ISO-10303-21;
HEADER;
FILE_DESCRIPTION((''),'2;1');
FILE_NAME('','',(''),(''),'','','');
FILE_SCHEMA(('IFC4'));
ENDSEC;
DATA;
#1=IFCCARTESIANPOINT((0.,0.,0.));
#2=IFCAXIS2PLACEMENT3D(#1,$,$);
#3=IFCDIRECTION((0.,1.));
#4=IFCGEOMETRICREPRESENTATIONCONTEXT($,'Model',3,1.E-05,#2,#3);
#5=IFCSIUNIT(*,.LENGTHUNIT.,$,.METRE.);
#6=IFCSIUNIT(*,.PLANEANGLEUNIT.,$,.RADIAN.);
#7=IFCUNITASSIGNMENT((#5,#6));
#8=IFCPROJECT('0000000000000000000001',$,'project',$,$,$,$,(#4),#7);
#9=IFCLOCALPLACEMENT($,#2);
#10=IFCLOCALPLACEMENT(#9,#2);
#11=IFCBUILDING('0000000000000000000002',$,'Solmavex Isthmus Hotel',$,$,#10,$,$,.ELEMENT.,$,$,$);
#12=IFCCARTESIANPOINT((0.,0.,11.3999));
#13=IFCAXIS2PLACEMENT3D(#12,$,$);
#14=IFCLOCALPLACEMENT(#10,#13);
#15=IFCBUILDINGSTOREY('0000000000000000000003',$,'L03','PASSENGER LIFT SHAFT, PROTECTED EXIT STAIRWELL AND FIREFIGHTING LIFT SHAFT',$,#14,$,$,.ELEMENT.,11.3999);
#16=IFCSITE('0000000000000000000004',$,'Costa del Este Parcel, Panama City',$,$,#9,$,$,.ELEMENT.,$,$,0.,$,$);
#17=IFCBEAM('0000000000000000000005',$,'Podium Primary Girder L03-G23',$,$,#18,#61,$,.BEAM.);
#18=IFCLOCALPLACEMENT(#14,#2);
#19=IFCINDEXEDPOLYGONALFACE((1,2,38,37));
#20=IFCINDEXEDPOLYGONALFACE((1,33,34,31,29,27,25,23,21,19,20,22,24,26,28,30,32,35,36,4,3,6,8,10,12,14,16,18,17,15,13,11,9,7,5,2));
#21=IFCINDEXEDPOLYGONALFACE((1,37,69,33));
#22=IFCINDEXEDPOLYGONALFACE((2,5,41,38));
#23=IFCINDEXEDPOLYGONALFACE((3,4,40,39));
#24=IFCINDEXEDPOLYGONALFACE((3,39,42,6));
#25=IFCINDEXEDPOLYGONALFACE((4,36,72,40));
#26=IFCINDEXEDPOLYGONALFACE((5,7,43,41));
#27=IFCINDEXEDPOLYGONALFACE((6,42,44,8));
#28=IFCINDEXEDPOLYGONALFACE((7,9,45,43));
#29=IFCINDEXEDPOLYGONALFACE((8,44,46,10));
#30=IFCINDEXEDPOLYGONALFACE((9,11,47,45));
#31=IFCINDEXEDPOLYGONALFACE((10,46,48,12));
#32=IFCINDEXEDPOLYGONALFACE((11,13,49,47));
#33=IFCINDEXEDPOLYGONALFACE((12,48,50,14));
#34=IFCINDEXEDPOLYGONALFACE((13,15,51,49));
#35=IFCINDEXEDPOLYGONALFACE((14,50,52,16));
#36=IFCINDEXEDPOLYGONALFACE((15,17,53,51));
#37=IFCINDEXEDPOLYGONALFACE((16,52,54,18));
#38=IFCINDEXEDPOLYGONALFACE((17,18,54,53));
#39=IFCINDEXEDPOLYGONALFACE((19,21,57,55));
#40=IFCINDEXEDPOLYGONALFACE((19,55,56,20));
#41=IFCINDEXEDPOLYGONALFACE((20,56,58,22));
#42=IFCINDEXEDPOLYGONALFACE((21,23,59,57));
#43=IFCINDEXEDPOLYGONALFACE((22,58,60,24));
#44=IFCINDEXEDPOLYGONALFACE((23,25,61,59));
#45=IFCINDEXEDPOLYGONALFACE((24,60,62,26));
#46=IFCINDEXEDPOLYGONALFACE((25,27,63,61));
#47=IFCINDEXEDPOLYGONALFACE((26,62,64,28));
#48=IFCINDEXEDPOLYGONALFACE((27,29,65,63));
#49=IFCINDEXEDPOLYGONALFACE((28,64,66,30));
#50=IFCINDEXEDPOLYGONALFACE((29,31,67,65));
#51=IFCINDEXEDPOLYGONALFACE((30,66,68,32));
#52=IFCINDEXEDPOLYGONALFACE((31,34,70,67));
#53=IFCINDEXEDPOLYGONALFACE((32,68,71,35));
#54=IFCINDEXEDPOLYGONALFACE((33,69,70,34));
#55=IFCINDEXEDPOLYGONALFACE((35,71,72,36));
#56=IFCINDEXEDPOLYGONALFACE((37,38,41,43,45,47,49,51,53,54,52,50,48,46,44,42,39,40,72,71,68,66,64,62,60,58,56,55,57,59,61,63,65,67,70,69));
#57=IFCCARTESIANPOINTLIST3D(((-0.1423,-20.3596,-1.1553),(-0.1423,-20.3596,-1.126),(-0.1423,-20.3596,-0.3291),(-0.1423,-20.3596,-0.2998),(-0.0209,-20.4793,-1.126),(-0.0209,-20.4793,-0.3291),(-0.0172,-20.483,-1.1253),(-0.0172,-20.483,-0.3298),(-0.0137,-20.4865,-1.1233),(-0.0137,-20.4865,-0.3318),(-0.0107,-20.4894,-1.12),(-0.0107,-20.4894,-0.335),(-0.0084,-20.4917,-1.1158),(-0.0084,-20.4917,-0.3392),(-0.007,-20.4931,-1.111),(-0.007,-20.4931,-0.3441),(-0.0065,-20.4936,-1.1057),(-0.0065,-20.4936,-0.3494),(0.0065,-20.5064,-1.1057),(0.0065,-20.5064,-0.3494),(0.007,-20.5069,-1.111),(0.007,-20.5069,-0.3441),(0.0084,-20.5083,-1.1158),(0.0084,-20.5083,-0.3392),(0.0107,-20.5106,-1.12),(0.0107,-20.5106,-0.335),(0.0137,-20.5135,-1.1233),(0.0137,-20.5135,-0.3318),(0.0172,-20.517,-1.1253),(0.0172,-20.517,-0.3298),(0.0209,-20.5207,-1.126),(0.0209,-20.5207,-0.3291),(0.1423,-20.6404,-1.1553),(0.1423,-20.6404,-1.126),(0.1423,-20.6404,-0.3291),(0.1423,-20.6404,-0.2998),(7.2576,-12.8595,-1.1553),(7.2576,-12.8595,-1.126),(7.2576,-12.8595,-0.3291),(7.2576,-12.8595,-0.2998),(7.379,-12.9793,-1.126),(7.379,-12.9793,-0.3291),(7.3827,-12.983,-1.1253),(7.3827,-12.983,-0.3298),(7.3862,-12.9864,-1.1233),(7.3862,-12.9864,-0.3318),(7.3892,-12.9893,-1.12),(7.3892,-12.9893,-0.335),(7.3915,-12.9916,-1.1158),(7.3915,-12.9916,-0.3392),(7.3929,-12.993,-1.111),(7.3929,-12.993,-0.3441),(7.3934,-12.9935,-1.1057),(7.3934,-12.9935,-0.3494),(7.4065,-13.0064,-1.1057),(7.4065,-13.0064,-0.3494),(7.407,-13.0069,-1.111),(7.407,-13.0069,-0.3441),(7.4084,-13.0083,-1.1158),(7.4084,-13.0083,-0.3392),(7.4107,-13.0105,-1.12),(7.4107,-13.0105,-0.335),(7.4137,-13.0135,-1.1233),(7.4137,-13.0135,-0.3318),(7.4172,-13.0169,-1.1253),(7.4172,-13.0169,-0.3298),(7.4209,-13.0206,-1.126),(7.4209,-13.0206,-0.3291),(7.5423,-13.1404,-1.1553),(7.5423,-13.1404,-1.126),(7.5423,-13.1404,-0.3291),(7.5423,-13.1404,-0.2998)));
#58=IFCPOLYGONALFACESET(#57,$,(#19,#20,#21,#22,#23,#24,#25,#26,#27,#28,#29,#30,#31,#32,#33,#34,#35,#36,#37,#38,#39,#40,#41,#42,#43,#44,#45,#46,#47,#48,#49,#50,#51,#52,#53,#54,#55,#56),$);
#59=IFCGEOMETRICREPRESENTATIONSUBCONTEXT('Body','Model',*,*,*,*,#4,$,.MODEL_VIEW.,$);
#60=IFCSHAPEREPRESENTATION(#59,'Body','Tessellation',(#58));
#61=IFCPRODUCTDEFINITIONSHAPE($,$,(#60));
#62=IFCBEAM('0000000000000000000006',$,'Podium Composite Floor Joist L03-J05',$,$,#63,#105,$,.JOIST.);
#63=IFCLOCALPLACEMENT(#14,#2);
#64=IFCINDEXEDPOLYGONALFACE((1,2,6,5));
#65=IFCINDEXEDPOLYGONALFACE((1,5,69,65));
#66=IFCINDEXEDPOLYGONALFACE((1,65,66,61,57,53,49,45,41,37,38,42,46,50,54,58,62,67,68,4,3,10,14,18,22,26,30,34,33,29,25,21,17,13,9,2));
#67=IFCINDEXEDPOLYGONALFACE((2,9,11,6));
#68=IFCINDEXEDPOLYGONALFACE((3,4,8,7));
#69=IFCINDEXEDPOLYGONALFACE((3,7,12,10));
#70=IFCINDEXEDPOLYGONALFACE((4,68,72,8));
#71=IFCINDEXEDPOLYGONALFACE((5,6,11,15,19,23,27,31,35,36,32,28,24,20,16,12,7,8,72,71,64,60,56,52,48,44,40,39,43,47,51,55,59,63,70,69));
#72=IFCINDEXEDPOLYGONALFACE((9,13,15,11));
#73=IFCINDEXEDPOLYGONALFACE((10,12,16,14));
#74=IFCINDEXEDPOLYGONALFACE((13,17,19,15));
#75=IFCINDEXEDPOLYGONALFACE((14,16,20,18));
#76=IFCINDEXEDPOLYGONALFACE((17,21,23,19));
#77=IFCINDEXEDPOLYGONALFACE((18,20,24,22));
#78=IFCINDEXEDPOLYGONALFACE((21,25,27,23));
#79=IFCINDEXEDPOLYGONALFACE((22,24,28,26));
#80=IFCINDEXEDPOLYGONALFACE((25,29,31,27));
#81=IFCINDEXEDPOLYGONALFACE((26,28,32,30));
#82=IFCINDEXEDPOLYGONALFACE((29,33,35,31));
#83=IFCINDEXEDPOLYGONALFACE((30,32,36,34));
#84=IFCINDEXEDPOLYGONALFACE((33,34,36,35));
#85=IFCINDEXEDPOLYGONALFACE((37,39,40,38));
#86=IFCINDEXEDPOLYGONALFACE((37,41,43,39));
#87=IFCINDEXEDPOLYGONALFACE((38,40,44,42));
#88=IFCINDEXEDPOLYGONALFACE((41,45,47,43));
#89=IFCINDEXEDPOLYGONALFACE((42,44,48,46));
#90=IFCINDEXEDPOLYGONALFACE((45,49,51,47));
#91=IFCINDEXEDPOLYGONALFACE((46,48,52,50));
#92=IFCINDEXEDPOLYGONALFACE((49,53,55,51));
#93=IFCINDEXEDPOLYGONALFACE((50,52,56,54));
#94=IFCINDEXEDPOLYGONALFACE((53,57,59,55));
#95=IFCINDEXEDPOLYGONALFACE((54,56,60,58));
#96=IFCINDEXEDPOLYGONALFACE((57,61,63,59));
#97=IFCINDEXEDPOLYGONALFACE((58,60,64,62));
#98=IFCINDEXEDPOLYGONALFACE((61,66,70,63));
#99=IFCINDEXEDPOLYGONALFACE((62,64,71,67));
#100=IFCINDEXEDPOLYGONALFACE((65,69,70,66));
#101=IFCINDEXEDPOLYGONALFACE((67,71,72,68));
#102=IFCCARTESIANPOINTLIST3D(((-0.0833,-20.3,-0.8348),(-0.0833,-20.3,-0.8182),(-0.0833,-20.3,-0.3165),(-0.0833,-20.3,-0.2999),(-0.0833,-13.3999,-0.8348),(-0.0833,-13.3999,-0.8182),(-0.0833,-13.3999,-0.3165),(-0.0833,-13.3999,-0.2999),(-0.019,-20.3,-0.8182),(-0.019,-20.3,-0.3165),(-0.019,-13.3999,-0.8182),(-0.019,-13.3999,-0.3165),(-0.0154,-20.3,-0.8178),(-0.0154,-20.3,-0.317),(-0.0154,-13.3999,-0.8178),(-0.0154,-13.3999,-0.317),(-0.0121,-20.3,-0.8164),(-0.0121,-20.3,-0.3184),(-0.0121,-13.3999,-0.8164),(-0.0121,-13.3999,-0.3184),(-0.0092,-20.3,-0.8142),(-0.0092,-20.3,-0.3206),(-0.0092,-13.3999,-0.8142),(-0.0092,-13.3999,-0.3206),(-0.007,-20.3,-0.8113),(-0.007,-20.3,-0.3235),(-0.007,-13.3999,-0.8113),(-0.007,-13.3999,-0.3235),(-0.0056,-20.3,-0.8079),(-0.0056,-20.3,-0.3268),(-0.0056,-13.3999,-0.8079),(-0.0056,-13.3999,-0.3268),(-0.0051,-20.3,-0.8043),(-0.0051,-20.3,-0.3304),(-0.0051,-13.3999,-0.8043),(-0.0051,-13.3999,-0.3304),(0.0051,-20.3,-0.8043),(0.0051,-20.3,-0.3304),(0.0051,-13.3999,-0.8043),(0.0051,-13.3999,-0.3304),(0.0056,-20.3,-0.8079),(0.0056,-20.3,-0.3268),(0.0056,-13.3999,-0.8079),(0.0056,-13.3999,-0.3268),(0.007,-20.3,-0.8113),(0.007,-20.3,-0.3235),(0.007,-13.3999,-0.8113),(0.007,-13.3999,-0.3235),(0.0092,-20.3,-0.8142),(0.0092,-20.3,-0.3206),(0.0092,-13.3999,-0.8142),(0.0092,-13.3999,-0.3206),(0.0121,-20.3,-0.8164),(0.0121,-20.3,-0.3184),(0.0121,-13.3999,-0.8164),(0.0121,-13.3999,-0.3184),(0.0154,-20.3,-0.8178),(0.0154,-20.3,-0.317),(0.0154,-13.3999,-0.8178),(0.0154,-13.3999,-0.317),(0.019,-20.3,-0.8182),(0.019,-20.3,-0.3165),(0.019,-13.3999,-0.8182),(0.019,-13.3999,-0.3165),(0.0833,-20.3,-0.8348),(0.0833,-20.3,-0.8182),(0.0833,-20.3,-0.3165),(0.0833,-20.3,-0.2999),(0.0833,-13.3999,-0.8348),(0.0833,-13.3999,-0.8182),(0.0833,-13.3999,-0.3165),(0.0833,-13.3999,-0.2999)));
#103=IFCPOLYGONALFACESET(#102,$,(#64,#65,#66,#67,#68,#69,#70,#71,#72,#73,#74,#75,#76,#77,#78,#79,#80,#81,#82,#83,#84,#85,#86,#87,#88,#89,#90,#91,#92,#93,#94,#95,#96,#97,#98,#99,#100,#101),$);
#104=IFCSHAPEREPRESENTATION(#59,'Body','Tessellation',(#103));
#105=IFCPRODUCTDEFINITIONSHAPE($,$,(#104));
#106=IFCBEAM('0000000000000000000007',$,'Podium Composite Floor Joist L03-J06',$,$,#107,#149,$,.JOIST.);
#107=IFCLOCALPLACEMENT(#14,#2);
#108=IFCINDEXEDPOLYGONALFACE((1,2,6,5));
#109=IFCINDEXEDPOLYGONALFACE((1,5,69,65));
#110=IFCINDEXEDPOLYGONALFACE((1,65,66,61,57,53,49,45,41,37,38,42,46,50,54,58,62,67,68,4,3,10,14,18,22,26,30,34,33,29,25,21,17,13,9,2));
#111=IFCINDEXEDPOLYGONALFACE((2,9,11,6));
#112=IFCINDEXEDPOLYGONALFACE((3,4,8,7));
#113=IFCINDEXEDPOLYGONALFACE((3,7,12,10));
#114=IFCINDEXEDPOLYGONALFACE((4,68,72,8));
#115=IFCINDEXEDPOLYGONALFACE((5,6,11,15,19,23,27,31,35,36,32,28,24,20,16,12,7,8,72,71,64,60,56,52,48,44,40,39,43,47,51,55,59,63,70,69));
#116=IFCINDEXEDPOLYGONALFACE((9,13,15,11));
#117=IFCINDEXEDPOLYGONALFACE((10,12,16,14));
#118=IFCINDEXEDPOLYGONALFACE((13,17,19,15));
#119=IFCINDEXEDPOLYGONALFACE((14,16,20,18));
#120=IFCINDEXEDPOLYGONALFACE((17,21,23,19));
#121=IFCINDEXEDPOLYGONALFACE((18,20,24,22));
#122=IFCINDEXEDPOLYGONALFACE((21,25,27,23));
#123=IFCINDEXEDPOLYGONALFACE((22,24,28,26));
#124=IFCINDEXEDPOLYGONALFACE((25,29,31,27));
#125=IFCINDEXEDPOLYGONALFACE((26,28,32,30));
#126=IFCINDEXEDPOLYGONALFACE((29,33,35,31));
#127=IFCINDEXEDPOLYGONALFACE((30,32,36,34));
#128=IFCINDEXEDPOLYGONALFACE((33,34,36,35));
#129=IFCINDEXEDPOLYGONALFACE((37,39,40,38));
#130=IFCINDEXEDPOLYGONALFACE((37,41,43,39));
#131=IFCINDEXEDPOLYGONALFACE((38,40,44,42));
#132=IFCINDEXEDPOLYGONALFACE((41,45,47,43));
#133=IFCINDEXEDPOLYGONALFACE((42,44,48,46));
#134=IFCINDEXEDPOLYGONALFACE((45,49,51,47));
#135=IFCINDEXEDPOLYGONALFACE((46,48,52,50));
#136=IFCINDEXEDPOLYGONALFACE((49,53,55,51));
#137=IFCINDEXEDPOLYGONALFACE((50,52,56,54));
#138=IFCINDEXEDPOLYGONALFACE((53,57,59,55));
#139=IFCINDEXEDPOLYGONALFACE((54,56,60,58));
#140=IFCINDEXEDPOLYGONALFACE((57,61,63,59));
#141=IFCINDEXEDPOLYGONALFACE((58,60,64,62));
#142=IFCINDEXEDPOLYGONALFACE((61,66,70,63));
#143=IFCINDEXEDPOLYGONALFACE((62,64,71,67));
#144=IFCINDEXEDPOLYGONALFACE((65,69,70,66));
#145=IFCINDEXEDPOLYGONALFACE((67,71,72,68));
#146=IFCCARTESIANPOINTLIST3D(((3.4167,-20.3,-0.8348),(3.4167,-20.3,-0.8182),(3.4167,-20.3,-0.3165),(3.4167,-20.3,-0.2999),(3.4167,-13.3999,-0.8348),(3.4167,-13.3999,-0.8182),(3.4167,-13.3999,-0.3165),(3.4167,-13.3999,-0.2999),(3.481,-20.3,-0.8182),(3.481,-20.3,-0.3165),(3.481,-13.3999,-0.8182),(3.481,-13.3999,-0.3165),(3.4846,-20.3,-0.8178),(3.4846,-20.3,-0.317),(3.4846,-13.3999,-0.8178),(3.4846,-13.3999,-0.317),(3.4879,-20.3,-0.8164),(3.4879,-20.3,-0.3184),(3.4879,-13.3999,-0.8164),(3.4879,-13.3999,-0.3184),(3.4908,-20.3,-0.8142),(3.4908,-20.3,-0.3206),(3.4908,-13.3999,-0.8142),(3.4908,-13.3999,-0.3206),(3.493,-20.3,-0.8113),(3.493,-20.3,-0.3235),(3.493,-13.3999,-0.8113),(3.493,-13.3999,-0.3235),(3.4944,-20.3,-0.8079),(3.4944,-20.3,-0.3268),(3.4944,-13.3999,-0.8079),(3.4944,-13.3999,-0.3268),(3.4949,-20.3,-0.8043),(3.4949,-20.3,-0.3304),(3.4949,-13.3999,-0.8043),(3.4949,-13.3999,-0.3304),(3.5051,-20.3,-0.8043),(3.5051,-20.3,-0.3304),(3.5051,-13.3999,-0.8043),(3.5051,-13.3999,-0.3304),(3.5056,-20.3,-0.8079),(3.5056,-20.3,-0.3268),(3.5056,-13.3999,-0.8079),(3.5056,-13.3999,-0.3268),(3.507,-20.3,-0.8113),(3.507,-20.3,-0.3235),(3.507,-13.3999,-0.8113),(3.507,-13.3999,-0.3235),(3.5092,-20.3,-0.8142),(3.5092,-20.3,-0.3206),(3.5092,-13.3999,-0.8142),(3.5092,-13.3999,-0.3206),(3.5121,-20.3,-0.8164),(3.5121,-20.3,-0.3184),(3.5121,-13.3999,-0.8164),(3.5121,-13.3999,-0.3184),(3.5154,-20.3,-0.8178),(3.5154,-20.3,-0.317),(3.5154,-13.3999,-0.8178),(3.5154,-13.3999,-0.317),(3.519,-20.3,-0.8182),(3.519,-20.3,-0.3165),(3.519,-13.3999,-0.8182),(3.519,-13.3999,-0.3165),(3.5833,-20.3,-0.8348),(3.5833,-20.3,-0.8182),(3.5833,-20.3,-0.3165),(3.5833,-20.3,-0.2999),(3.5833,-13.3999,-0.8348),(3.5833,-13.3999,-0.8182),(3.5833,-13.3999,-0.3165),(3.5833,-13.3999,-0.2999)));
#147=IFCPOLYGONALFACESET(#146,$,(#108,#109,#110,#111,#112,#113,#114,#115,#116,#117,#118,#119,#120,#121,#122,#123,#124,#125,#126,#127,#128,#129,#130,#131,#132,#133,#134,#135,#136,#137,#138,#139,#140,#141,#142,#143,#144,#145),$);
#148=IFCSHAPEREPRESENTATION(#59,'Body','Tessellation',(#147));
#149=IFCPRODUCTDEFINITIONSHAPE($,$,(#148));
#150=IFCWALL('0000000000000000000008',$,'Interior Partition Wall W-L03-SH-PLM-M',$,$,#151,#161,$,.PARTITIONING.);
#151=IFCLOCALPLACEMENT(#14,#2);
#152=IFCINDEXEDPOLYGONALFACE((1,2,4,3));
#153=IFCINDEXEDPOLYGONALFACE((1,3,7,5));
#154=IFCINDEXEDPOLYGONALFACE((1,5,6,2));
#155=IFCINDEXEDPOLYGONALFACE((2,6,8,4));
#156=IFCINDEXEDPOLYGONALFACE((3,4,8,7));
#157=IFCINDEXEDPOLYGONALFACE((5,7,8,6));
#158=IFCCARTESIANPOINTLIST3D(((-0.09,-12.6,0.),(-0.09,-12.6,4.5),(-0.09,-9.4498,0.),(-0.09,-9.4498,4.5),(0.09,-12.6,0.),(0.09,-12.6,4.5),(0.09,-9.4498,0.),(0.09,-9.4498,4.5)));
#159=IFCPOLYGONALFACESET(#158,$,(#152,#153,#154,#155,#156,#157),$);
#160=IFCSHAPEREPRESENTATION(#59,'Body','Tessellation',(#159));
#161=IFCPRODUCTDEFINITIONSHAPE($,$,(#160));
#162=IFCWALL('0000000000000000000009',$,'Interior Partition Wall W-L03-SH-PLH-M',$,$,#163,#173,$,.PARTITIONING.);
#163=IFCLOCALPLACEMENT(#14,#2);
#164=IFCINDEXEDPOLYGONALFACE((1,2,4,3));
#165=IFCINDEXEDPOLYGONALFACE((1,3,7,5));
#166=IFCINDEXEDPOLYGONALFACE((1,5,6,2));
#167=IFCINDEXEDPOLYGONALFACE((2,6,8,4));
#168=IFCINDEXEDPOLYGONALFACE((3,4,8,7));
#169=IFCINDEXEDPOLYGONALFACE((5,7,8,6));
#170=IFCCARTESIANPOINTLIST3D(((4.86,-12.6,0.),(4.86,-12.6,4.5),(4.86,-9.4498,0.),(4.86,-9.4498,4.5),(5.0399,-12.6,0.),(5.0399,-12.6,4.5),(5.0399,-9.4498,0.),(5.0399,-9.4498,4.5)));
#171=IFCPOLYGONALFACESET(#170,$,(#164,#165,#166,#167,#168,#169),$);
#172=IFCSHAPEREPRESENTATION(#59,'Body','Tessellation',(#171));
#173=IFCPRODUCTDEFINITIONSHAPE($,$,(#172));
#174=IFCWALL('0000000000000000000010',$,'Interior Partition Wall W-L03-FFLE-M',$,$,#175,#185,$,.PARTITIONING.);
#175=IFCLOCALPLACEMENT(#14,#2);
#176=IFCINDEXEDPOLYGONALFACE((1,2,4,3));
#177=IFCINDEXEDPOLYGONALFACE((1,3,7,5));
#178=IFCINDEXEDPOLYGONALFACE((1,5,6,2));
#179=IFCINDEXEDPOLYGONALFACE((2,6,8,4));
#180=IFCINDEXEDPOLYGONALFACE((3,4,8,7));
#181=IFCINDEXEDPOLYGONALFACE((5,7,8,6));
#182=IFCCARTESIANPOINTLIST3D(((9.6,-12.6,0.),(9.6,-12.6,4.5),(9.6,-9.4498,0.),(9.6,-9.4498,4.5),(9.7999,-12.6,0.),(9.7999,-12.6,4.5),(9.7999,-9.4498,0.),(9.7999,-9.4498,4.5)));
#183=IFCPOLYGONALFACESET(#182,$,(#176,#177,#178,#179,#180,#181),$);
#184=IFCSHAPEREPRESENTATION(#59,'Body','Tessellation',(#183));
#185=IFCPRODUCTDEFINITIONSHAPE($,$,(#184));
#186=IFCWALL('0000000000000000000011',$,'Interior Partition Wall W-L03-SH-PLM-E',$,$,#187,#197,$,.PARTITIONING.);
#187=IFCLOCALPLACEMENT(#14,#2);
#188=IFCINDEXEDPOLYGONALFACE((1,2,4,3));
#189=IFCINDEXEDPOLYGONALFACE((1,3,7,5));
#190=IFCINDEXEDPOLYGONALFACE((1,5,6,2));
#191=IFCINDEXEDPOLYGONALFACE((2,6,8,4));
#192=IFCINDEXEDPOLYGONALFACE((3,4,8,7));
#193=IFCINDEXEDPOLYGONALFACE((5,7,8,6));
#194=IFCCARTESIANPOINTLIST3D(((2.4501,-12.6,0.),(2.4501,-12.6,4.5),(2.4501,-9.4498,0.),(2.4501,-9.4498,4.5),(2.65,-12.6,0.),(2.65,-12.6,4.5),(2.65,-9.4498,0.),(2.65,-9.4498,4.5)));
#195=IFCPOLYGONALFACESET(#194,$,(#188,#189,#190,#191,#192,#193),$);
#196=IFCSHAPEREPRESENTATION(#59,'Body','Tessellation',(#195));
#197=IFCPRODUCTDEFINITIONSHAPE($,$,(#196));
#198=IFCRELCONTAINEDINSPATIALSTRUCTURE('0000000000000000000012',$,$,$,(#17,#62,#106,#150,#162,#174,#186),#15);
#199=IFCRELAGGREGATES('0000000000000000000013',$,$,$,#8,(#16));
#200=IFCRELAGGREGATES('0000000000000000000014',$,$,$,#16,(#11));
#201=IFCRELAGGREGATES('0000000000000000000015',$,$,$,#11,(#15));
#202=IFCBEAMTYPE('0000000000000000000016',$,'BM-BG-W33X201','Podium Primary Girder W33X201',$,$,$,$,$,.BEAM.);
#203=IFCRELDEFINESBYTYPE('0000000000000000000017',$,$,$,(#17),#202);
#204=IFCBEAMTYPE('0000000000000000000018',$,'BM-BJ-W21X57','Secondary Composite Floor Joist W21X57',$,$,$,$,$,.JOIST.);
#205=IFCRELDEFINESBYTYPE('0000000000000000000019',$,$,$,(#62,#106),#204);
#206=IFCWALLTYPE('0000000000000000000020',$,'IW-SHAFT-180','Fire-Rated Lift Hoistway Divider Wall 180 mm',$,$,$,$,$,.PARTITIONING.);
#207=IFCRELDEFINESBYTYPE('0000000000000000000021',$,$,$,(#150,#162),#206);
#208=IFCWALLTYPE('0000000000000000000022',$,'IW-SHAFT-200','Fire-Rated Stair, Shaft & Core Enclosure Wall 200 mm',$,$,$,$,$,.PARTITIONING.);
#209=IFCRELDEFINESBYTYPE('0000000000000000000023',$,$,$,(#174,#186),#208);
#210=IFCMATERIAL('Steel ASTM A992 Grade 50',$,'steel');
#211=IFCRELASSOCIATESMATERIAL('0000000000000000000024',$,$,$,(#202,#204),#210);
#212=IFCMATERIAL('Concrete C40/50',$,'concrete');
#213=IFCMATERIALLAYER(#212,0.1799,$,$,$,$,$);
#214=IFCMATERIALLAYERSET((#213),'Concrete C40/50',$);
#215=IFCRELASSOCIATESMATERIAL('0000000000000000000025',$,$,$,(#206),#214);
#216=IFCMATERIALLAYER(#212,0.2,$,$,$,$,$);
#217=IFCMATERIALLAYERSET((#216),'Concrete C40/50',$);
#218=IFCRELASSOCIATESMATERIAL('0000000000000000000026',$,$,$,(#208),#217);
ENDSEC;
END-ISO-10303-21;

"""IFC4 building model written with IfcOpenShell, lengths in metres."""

from ifc_helpers import new_model, si_unit, direction, frame, frame_2d, origin, origin_2d, place, context, subcontext, project, spatial, rectangle, i_section, extrude, material, layer, layer_set, material_profile, profile_set, type_object, element, save


model = new_model("IFC4")

# Units and contexts
model_context = context("Model", 3, precision=1e-05, world=origin(), true_north=direction((0.0, 1.0)))
body_context = subcontext(model_context, "Body", "Model", "MODEL_VIEW")
ifc_project = project(units=[si_unit("LENGTHUNIT", "METRE"), si_unit("PLANEANGLEUNIT", "RADIAN")], contexts=[model_context])

# Site, building, storey
site_placement = place(None, origin())
site = spatial("IfcSite", under=ifc_project, at=site_placement, Name="Costa del Este Parcel, Panama City", CompositionType="ELEMENT", RefElevation=0.0)
building_placement = place(site_placement, origin())
building = spatial("IfcBuilding", under=site, at=building_placement, Name="Solmavex Isthmus Hotel", CompositionType="ELEMENT")
storey_placement = place(building_placement, frame((0.0, 0.0, 11.3999)))
storey = spatial("IfcBuildingStorey", under=building, at=storey_placement, Name="L03", Description="PASSENGER LIFT SHAFT, PROTECTED EXIT STAIRWELL AND FIREFIGHTING LIFT SHAFT", CompositionType="ELEMENT", Elevation=11.3999)

# Beams
ifc_material_1 = material(Name="Steel ASTM A992 Grade 50", Category="steel")
ifc_material_profile_1 = material_profile(ifc_material_1, i_section(OverallWidth=0.3999, OverallDepth=0.8555, WebThickness=0.0183, FlangeThickness=0.0293, FilletRadius=0.0203, at=origin_2d()), Name="W33X201")
ifc_profile_set_1 = profile_set([ifc_material_profile_1], Name="Steel ASTM A992 Grade 50")
beam_type_1 = type_object("IfcBeamType", Name="BM-BG-W33X201", Description="Podium Primary Girder W33X201", PredefinedType="BEAM", material=ifc_profile_set_1)
beam_1_placement = place(storey_placement, frame((0.0, -20.5, -0.7275), z_axis=(0.702341, 0.711841, 0.0), x_axis=(-0.711841, 0.702341, 0.0)))
element("IfcBeam", 1, at=beam_1_placement, inside=storey, type_object=beam_type_1, Name="Podium Primary Girder L03-G23", PredefinedType="BEAM", context=body_context, shape_type="SweptSolid", body=[
    extrude(i_section(OverallWidth=0.3999, OverallDepth=0.8555, WebThickness=0.0183, FlangeThickness=0.0293, FilletRadius=0.0203, at=origin_2d()), origin(), (0.0, 0.0, 1.0), 10.5361),
])
ifc_material_profile_2 = material_profile(ifc_material_1, i_section(OverallWidth=0.1665, OverallDepth=0.5349, WebThickness=0.0103, FlangeThickness=0.0166, FilletRadius=0.0139, at=origin_2d()), Name="W21X57")
ifc_profile_set_2 = profile_set([ifc_material_profile_2], Name="Steel ASTM A992 Grade 50")
beam_type_2 = type_object("IfcBeamType", Name="BM-BJ-W21X57", Description="Secondary Composite Floor Joist W21X57", PredefinedType="JOIST", material=ifc_profile_set_2)
for number, where, z_axis, x_axis, name in (
    (2, (0.0, -20.3, -0.5674), (0.0, 1.0, 0.0), (-1.0, 0.0, 0.0), "Podium Composite Floor Joist L03-J05"),
    (3, (3.5, -20.3, -0.5674), (0.0, 1.0, 0.0), (-1.0, 0.0, 0.0), "Podium Composite Floor Joist L03-J06"),
):
    element("IfcBeam", number, at=place(storey_placement, frame(where, z_axis=z_axis, x_axis=x_axis)), inside=storey, type_object=beam_type_2, Name=name, PredefinedType="JOIST", context=body_context, shape_type="SweptSolid", body=[
        extrude(i_section(OverallWidth=0.1665, OverallDepth=0.5349, WebThickness=0.0103, FlangeThickness=0.0166, FilletRadius=0.0139, at=origin_2d()), origin(), (0.0, 0.0, 1.0), 6.9001),
    ])

# Walls
ifc_material_2 = material(Name="Concrete C40/50", Category="concrete")
ifc_layer_1 = layer(ifc_material_2, 0.1799)
ifc_layer_set_1 = layer_set([ifc_layer_1], Name="Concrete C40/50")
wall_type_1 = type_object("IfcWallType", Name="IW-SHAFT-180", Description="Fire-Rated Lift Hoistway Divider Wall 180 mm", PredefinedType="PARTITIONING", material=ifc_layer_set_1)
for number, where, z_axis, x_axis, name in (
    (4, (0.0, -12.6001, 0.0), (0.0, 0.0, 1.0), (0.0, 1.0, 0.0), "Interior Partition Wall W-L03-SH-PLM-M"),
    (5, (4.95, -12.6001, 0.0), (0.0, 0.0, 1.0), (0.0, 1.0, 0.0), "Interior Partition Wall W-L03-SH-PLH-M"),
):
    element("IfcWall", number, at=place(storey_placement, frame(where, z_axis=z_axis, x_axis=x_axis)), inside=storey, type_object=wall_type_1, Name=name, PredefinedType="PARTITIONING", context=body_context, shape_type="SweptSolid", body=[
        extrude(rectangle(XDim=3.1501, YDim=0.1799, at=frame_2d((1.5752, 0.0))), origin(), (0.0, 0.0, 1.0), 4.5),
    ])
ifc_layer_2 = layer(ifc_material_2, 0.2)
ifc_layer_set_2 = layer_set([ifc_layer_2], Name="Concrete C40/50")
wall_type_2 = type_object("IfcWallType", Name="IW-SHAFT-200", Description="Fire-Rated Stair, Shaft & Core Enclosure Wall 200 mm", PredefinedType="PARTITIONING", material=ifc_layer_set_2)
for number, where, z_axis, x_axis, name in (
    (6, (9.7, -12.6001, 0.0), (0.0, 0.0, 1.0), (0.0, 1.0, 0.0), "Interior Partition Wall W-L03-FFLE-M"),
    (7, (2.55, -12.6001, 0.0), (0.0, 0.0, 1.0), (0.0, 1.0, 0.0), "Interior Partition Wall W-L03-SH-PLM-E"),
):
    element("IfcWall", number, at=place(storey_placement, frame(where, z_axis=z_axis, x_axis=x_axis)), inside=storey, type_object=wall_type_2, Name=name, PredefinedType="PARTITIONING", context=body_context, shape_type="SweptSolid", body=[
        extrude(rectangle(XDim=3.1501, YDim=0.2, at=frame_2d((1.5752, 0.0))), origin(), (0.0, 0.0, 1.0), 4.5),
    ])

save(model, "model.ifc")
